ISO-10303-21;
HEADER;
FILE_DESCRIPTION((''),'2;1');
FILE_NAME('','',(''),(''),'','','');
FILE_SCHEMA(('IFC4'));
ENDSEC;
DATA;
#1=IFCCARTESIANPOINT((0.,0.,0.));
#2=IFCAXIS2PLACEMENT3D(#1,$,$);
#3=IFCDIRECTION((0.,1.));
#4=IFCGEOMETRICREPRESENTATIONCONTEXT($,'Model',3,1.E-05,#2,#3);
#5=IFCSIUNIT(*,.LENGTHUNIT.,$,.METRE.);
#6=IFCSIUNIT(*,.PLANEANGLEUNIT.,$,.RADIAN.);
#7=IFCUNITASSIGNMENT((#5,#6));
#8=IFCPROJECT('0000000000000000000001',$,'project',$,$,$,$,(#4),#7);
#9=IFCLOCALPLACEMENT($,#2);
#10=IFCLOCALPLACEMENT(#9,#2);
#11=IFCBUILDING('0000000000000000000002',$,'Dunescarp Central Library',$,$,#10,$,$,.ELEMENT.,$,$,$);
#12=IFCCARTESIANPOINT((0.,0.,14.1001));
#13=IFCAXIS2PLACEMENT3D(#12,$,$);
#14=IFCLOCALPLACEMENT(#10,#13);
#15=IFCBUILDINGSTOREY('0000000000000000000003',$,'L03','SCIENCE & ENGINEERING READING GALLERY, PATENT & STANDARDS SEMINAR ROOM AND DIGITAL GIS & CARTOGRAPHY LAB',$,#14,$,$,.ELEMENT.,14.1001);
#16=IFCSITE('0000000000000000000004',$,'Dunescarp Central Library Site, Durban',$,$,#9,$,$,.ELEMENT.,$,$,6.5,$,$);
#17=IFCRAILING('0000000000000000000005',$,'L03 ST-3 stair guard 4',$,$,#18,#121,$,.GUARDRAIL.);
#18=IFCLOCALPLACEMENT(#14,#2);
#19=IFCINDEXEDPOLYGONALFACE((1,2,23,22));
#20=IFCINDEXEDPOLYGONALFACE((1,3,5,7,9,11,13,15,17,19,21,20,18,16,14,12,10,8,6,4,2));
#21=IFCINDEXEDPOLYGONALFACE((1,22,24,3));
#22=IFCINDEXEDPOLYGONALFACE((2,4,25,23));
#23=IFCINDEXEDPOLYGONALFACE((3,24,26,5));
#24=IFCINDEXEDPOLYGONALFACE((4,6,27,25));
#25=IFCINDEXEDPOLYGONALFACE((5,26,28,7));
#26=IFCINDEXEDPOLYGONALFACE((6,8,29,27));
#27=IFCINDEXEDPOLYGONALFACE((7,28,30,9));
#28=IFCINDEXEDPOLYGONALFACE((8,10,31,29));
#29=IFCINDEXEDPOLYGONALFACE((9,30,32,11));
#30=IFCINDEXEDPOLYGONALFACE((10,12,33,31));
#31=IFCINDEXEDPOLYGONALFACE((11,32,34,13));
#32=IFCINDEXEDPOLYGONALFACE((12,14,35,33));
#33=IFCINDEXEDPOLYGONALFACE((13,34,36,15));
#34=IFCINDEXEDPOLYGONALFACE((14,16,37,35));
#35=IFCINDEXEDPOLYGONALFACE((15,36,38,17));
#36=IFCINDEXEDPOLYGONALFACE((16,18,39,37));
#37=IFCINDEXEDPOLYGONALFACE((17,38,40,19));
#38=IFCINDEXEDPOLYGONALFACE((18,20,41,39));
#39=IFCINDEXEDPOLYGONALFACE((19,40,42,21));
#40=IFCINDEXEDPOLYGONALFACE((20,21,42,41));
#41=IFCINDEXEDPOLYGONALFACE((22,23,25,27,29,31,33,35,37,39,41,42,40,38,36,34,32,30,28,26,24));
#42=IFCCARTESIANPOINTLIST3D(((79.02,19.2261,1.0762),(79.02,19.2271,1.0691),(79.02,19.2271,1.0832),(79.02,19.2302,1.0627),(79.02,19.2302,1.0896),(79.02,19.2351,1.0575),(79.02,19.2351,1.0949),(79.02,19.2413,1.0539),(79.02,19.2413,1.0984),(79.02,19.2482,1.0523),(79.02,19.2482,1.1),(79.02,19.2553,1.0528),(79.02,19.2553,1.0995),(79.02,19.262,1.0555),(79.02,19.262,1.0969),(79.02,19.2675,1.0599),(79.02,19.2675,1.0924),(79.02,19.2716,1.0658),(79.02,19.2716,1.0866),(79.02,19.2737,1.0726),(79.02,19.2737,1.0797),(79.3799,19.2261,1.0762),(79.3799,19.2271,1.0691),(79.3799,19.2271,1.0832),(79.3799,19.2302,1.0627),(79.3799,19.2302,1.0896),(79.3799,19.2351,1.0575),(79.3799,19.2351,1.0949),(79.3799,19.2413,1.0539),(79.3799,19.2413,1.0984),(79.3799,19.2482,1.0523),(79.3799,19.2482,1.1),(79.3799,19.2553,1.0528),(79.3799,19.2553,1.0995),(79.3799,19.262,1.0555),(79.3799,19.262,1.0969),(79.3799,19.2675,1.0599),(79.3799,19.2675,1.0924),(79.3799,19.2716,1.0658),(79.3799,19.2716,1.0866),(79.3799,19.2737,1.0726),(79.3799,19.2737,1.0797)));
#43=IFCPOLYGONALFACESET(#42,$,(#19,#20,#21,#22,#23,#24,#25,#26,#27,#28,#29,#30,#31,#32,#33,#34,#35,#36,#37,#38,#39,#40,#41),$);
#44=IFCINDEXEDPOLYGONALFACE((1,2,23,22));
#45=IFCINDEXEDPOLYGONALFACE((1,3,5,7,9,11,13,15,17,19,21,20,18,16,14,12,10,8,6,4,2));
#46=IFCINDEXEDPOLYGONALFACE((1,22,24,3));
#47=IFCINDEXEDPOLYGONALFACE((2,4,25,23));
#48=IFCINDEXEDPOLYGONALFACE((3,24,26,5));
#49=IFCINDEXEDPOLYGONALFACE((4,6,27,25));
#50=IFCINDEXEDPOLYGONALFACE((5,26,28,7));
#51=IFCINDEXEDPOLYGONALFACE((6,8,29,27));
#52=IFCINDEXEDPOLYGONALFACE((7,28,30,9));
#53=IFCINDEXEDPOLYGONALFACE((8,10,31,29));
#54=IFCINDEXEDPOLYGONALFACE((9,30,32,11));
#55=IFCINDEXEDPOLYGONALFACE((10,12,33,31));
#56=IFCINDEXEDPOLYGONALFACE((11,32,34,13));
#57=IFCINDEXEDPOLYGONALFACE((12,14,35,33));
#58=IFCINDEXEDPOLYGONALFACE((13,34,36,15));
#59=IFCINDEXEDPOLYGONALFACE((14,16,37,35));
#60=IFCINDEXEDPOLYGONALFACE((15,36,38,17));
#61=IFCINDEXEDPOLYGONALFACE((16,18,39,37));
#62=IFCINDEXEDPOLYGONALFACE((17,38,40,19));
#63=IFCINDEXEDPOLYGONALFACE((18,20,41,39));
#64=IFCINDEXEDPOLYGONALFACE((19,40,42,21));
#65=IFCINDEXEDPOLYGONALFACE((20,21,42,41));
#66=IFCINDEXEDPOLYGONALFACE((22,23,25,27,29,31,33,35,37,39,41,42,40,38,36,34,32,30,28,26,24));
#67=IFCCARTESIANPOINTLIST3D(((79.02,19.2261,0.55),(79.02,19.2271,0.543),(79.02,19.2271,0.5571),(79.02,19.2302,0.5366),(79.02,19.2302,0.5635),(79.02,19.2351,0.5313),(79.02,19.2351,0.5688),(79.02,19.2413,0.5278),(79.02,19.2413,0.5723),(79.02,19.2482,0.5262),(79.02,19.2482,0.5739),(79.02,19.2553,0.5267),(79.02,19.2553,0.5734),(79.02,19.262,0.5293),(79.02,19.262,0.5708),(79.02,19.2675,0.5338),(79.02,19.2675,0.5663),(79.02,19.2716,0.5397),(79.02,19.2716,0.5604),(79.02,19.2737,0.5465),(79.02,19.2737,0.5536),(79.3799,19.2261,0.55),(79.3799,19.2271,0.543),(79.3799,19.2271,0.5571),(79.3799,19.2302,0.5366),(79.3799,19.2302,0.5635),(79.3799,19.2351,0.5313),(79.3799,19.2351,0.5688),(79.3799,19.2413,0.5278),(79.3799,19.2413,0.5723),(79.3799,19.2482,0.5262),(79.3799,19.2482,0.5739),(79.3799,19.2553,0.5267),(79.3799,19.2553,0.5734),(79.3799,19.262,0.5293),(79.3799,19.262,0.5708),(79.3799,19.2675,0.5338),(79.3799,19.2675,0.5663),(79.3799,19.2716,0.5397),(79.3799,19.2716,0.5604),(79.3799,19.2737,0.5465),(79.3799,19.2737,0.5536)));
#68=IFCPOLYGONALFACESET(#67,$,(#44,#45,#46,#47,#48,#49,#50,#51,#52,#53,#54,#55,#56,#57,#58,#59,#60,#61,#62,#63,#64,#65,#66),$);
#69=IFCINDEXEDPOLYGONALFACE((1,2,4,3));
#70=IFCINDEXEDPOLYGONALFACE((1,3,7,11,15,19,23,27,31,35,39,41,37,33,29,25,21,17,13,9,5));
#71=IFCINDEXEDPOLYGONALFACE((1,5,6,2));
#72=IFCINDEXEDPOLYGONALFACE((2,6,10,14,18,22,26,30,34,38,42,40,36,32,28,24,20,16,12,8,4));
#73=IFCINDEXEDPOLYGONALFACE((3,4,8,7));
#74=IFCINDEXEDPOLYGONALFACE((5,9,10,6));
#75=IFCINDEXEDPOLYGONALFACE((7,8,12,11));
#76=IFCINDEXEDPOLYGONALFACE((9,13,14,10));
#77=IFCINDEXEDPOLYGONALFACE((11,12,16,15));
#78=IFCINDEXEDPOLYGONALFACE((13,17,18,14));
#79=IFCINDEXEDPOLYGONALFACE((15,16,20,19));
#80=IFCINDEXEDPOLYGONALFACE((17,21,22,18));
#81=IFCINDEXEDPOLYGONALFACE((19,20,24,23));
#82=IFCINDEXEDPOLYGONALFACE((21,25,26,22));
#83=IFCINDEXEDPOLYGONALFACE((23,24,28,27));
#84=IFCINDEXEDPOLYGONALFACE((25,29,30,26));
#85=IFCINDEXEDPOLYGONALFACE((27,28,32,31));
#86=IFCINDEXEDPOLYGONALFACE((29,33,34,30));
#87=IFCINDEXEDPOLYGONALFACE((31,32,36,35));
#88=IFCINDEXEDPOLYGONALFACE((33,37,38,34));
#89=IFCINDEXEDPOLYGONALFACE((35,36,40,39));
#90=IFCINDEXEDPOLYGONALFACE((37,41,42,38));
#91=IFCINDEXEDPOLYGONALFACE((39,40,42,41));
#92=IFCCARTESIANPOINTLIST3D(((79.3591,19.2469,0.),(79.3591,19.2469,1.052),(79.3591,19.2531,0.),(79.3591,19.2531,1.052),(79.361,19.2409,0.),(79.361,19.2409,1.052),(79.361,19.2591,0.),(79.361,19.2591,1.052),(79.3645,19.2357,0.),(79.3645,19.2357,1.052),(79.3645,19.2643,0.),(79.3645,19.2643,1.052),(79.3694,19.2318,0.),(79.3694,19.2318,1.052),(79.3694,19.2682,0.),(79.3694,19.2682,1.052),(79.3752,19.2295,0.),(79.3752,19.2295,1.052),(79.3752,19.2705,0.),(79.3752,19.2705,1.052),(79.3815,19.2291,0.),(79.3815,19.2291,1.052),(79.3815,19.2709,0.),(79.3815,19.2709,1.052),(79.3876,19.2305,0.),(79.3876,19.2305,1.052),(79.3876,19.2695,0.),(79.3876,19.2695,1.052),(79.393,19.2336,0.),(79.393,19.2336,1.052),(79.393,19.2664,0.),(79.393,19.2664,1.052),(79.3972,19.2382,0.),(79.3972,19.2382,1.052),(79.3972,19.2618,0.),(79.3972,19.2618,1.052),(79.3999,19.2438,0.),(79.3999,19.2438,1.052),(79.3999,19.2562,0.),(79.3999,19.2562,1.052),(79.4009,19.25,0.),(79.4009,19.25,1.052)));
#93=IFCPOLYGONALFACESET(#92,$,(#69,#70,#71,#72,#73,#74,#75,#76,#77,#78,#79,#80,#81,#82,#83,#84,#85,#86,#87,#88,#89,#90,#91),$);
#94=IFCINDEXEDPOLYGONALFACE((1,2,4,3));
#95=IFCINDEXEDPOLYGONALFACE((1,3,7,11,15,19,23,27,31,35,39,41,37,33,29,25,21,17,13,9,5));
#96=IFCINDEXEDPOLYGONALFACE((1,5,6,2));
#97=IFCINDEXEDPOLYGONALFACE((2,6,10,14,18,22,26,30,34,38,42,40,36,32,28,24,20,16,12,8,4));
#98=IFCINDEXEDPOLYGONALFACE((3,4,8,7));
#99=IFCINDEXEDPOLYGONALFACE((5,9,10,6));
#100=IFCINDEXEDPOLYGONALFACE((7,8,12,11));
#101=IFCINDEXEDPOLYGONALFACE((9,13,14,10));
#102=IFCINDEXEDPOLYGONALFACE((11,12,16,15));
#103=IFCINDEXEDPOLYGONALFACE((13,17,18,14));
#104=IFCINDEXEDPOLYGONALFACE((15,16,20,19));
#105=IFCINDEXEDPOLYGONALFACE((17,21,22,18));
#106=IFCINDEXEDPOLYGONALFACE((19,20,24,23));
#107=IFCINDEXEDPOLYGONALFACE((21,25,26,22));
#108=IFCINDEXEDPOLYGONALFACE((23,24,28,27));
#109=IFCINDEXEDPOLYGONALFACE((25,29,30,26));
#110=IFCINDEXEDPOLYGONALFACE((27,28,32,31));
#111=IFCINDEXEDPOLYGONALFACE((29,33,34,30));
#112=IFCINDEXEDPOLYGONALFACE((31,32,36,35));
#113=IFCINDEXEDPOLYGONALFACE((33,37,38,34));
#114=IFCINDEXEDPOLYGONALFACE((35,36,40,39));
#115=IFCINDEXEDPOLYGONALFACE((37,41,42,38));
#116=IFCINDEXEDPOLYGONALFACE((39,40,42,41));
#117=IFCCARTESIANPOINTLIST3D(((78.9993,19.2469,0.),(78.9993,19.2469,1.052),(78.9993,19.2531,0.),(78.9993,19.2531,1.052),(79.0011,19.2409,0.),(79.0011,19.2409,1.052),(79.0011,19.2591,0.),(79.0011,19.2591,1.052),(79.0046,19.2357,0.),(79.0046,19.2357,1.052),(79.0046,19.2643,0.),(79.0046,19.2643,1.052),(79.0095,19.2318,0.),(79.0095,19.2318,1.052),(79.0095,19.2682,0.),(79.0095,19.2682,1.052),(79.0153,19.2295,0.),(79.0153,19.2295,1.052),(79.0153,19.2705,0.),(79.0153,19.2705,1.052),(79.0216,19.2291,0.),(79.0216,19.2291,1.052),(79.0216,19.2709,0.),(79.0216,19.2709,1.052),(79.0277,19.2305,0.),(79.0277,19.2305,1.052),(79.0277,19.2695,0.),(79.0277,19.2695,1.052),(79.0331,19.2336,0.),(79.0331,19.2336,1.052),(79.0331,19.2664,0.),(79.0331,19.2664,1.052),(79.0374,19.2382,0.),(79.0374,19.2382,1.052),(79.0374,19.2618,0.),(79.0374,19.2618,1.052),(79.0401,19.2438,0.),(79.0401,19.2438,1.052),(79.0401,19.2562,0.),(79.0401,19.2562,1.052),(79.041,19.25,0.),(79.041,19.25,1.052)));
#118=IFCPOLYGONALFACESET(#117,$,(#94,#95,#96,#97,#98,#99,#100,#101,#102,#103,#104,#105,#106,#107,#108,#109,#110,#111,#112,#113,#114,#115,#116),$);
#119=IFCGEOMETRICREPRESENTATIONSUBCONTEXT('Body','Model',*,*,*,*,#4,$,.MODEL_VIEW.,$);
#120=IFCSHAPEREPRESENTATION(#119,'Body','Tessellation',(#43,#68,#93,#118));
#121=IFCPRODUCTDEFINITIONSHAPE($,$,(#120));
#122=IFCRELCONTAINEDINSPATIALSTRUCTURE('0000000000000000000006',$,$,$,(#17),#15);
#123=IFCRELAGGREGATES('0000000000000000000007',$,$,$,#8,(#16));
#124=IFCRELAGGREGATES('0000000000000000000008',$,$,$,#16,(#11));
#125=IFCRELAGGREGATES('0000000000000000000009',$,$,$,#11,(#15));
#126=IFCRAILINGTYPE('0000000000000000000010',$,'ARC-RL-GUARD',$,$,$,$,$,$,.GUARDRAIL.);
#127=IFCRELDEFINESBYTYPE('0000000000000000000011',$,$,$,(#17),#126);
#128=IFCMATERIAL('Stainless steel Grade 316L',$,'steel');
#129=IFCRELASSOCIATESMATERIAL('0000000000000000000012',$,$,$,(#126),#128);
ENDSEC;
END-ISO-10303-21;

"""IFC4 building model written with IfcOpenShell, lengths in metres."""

from ifc_helpers import new_model, si_unit, direction, frame, origin, origin_2d, place, context, subcontext, project, spatial, circle, extrude, material, type_object, element, save


model = new_model("IFC4")

# Units and contexts
model_context = context("Model", 3, precision=1e-05, world=origin(), true_north=direction((0.0, 1.0)))
body_context = subcontext(model_context, "Body", "Model", "MODEL_VIEW")
ifc_project = project(units=[si_unit("LENGTHUNIT", "METRE"), si_unit("PLANEANGLEUNIT", "RADIAN")], contexts=[model_context])

# Site, building, storey
site_placement = place(None, origin())
site = spatial("IfcSite", under=ifc_project, at=site_placement, Name="Dunescarp Central Library Site, Durban", CompositionType="ELEMENT", RefElevation=6.5)
building_placement = place(site_placement, origin())
building = spatial("IfcBuilding", under=site, at=building_placement, Name="Dunescarp Central Library", CompositionType="ELEMENT")
storey_placement = place(building_placement, frame((0.0, 0.0, 14.1001)))
storey = spatial("IfcBuildingStorey", under=building, at=storey_placement, Name="L03", Description="SCIENCE & ENGINEERING READING GALLERY, PATENT & STANDARDS SEMINAR ROOM AND DIGITAL GIS & CARTOGRAPHY LAB", CompositionType="ELEMENT", Elevation=14.1001)

# Railing
ifc_material_1 = material(Name="Stainless steel Grade 316L", Category="steel")
railing_type_1 = type_object("IfcRailingType", Name="ARC-RL-GUARD", PredefinedType="GUARDRAIL", material=ifc_material_1)
railing_1_placement = place(storey_placement, frame((79.3799, 19.25, 0.0)))
element("IfcRailing", 1, at=railing_1_placement, inside=storey, type_object=railing_type_1, Name="L03 ST-3 stair guard 4", PredefinedType="GUARDRAIL", context=body_context, shape_type="SweptSolid", body=[
    extrude(circle(Radius=0.0239, at=origin_2d()), frame((0.0, 0.0, 1.0762), z_axis=(-1.0, 0.0, 0.0), x_axis=(0.0, -1.0, 0.0)), (0.0, 0.0, 1.0), 0.3599),
    extrude(circle(Radius=0.0239, at=origin_2d()), frame((0.0, 0.0, 0.55), z_axis=(-1.0, 0.0, 0.0), x_axis=(0.0, -1.0, 0.0)), (0.0, 0.0, 1.0), 0.3599),
    extrude(circle(Radius=0.021, at=origin_2d()), origin(), (0.0, 0.0, 1.0), 1.052),
    extrude(circle(Radius=0.021, at=origin_2d()), frame((-0.3599, 0.0, 0.0)), (0.0, 0.0, 1.0), 1.052),
])

save(model, "model.ifc")
